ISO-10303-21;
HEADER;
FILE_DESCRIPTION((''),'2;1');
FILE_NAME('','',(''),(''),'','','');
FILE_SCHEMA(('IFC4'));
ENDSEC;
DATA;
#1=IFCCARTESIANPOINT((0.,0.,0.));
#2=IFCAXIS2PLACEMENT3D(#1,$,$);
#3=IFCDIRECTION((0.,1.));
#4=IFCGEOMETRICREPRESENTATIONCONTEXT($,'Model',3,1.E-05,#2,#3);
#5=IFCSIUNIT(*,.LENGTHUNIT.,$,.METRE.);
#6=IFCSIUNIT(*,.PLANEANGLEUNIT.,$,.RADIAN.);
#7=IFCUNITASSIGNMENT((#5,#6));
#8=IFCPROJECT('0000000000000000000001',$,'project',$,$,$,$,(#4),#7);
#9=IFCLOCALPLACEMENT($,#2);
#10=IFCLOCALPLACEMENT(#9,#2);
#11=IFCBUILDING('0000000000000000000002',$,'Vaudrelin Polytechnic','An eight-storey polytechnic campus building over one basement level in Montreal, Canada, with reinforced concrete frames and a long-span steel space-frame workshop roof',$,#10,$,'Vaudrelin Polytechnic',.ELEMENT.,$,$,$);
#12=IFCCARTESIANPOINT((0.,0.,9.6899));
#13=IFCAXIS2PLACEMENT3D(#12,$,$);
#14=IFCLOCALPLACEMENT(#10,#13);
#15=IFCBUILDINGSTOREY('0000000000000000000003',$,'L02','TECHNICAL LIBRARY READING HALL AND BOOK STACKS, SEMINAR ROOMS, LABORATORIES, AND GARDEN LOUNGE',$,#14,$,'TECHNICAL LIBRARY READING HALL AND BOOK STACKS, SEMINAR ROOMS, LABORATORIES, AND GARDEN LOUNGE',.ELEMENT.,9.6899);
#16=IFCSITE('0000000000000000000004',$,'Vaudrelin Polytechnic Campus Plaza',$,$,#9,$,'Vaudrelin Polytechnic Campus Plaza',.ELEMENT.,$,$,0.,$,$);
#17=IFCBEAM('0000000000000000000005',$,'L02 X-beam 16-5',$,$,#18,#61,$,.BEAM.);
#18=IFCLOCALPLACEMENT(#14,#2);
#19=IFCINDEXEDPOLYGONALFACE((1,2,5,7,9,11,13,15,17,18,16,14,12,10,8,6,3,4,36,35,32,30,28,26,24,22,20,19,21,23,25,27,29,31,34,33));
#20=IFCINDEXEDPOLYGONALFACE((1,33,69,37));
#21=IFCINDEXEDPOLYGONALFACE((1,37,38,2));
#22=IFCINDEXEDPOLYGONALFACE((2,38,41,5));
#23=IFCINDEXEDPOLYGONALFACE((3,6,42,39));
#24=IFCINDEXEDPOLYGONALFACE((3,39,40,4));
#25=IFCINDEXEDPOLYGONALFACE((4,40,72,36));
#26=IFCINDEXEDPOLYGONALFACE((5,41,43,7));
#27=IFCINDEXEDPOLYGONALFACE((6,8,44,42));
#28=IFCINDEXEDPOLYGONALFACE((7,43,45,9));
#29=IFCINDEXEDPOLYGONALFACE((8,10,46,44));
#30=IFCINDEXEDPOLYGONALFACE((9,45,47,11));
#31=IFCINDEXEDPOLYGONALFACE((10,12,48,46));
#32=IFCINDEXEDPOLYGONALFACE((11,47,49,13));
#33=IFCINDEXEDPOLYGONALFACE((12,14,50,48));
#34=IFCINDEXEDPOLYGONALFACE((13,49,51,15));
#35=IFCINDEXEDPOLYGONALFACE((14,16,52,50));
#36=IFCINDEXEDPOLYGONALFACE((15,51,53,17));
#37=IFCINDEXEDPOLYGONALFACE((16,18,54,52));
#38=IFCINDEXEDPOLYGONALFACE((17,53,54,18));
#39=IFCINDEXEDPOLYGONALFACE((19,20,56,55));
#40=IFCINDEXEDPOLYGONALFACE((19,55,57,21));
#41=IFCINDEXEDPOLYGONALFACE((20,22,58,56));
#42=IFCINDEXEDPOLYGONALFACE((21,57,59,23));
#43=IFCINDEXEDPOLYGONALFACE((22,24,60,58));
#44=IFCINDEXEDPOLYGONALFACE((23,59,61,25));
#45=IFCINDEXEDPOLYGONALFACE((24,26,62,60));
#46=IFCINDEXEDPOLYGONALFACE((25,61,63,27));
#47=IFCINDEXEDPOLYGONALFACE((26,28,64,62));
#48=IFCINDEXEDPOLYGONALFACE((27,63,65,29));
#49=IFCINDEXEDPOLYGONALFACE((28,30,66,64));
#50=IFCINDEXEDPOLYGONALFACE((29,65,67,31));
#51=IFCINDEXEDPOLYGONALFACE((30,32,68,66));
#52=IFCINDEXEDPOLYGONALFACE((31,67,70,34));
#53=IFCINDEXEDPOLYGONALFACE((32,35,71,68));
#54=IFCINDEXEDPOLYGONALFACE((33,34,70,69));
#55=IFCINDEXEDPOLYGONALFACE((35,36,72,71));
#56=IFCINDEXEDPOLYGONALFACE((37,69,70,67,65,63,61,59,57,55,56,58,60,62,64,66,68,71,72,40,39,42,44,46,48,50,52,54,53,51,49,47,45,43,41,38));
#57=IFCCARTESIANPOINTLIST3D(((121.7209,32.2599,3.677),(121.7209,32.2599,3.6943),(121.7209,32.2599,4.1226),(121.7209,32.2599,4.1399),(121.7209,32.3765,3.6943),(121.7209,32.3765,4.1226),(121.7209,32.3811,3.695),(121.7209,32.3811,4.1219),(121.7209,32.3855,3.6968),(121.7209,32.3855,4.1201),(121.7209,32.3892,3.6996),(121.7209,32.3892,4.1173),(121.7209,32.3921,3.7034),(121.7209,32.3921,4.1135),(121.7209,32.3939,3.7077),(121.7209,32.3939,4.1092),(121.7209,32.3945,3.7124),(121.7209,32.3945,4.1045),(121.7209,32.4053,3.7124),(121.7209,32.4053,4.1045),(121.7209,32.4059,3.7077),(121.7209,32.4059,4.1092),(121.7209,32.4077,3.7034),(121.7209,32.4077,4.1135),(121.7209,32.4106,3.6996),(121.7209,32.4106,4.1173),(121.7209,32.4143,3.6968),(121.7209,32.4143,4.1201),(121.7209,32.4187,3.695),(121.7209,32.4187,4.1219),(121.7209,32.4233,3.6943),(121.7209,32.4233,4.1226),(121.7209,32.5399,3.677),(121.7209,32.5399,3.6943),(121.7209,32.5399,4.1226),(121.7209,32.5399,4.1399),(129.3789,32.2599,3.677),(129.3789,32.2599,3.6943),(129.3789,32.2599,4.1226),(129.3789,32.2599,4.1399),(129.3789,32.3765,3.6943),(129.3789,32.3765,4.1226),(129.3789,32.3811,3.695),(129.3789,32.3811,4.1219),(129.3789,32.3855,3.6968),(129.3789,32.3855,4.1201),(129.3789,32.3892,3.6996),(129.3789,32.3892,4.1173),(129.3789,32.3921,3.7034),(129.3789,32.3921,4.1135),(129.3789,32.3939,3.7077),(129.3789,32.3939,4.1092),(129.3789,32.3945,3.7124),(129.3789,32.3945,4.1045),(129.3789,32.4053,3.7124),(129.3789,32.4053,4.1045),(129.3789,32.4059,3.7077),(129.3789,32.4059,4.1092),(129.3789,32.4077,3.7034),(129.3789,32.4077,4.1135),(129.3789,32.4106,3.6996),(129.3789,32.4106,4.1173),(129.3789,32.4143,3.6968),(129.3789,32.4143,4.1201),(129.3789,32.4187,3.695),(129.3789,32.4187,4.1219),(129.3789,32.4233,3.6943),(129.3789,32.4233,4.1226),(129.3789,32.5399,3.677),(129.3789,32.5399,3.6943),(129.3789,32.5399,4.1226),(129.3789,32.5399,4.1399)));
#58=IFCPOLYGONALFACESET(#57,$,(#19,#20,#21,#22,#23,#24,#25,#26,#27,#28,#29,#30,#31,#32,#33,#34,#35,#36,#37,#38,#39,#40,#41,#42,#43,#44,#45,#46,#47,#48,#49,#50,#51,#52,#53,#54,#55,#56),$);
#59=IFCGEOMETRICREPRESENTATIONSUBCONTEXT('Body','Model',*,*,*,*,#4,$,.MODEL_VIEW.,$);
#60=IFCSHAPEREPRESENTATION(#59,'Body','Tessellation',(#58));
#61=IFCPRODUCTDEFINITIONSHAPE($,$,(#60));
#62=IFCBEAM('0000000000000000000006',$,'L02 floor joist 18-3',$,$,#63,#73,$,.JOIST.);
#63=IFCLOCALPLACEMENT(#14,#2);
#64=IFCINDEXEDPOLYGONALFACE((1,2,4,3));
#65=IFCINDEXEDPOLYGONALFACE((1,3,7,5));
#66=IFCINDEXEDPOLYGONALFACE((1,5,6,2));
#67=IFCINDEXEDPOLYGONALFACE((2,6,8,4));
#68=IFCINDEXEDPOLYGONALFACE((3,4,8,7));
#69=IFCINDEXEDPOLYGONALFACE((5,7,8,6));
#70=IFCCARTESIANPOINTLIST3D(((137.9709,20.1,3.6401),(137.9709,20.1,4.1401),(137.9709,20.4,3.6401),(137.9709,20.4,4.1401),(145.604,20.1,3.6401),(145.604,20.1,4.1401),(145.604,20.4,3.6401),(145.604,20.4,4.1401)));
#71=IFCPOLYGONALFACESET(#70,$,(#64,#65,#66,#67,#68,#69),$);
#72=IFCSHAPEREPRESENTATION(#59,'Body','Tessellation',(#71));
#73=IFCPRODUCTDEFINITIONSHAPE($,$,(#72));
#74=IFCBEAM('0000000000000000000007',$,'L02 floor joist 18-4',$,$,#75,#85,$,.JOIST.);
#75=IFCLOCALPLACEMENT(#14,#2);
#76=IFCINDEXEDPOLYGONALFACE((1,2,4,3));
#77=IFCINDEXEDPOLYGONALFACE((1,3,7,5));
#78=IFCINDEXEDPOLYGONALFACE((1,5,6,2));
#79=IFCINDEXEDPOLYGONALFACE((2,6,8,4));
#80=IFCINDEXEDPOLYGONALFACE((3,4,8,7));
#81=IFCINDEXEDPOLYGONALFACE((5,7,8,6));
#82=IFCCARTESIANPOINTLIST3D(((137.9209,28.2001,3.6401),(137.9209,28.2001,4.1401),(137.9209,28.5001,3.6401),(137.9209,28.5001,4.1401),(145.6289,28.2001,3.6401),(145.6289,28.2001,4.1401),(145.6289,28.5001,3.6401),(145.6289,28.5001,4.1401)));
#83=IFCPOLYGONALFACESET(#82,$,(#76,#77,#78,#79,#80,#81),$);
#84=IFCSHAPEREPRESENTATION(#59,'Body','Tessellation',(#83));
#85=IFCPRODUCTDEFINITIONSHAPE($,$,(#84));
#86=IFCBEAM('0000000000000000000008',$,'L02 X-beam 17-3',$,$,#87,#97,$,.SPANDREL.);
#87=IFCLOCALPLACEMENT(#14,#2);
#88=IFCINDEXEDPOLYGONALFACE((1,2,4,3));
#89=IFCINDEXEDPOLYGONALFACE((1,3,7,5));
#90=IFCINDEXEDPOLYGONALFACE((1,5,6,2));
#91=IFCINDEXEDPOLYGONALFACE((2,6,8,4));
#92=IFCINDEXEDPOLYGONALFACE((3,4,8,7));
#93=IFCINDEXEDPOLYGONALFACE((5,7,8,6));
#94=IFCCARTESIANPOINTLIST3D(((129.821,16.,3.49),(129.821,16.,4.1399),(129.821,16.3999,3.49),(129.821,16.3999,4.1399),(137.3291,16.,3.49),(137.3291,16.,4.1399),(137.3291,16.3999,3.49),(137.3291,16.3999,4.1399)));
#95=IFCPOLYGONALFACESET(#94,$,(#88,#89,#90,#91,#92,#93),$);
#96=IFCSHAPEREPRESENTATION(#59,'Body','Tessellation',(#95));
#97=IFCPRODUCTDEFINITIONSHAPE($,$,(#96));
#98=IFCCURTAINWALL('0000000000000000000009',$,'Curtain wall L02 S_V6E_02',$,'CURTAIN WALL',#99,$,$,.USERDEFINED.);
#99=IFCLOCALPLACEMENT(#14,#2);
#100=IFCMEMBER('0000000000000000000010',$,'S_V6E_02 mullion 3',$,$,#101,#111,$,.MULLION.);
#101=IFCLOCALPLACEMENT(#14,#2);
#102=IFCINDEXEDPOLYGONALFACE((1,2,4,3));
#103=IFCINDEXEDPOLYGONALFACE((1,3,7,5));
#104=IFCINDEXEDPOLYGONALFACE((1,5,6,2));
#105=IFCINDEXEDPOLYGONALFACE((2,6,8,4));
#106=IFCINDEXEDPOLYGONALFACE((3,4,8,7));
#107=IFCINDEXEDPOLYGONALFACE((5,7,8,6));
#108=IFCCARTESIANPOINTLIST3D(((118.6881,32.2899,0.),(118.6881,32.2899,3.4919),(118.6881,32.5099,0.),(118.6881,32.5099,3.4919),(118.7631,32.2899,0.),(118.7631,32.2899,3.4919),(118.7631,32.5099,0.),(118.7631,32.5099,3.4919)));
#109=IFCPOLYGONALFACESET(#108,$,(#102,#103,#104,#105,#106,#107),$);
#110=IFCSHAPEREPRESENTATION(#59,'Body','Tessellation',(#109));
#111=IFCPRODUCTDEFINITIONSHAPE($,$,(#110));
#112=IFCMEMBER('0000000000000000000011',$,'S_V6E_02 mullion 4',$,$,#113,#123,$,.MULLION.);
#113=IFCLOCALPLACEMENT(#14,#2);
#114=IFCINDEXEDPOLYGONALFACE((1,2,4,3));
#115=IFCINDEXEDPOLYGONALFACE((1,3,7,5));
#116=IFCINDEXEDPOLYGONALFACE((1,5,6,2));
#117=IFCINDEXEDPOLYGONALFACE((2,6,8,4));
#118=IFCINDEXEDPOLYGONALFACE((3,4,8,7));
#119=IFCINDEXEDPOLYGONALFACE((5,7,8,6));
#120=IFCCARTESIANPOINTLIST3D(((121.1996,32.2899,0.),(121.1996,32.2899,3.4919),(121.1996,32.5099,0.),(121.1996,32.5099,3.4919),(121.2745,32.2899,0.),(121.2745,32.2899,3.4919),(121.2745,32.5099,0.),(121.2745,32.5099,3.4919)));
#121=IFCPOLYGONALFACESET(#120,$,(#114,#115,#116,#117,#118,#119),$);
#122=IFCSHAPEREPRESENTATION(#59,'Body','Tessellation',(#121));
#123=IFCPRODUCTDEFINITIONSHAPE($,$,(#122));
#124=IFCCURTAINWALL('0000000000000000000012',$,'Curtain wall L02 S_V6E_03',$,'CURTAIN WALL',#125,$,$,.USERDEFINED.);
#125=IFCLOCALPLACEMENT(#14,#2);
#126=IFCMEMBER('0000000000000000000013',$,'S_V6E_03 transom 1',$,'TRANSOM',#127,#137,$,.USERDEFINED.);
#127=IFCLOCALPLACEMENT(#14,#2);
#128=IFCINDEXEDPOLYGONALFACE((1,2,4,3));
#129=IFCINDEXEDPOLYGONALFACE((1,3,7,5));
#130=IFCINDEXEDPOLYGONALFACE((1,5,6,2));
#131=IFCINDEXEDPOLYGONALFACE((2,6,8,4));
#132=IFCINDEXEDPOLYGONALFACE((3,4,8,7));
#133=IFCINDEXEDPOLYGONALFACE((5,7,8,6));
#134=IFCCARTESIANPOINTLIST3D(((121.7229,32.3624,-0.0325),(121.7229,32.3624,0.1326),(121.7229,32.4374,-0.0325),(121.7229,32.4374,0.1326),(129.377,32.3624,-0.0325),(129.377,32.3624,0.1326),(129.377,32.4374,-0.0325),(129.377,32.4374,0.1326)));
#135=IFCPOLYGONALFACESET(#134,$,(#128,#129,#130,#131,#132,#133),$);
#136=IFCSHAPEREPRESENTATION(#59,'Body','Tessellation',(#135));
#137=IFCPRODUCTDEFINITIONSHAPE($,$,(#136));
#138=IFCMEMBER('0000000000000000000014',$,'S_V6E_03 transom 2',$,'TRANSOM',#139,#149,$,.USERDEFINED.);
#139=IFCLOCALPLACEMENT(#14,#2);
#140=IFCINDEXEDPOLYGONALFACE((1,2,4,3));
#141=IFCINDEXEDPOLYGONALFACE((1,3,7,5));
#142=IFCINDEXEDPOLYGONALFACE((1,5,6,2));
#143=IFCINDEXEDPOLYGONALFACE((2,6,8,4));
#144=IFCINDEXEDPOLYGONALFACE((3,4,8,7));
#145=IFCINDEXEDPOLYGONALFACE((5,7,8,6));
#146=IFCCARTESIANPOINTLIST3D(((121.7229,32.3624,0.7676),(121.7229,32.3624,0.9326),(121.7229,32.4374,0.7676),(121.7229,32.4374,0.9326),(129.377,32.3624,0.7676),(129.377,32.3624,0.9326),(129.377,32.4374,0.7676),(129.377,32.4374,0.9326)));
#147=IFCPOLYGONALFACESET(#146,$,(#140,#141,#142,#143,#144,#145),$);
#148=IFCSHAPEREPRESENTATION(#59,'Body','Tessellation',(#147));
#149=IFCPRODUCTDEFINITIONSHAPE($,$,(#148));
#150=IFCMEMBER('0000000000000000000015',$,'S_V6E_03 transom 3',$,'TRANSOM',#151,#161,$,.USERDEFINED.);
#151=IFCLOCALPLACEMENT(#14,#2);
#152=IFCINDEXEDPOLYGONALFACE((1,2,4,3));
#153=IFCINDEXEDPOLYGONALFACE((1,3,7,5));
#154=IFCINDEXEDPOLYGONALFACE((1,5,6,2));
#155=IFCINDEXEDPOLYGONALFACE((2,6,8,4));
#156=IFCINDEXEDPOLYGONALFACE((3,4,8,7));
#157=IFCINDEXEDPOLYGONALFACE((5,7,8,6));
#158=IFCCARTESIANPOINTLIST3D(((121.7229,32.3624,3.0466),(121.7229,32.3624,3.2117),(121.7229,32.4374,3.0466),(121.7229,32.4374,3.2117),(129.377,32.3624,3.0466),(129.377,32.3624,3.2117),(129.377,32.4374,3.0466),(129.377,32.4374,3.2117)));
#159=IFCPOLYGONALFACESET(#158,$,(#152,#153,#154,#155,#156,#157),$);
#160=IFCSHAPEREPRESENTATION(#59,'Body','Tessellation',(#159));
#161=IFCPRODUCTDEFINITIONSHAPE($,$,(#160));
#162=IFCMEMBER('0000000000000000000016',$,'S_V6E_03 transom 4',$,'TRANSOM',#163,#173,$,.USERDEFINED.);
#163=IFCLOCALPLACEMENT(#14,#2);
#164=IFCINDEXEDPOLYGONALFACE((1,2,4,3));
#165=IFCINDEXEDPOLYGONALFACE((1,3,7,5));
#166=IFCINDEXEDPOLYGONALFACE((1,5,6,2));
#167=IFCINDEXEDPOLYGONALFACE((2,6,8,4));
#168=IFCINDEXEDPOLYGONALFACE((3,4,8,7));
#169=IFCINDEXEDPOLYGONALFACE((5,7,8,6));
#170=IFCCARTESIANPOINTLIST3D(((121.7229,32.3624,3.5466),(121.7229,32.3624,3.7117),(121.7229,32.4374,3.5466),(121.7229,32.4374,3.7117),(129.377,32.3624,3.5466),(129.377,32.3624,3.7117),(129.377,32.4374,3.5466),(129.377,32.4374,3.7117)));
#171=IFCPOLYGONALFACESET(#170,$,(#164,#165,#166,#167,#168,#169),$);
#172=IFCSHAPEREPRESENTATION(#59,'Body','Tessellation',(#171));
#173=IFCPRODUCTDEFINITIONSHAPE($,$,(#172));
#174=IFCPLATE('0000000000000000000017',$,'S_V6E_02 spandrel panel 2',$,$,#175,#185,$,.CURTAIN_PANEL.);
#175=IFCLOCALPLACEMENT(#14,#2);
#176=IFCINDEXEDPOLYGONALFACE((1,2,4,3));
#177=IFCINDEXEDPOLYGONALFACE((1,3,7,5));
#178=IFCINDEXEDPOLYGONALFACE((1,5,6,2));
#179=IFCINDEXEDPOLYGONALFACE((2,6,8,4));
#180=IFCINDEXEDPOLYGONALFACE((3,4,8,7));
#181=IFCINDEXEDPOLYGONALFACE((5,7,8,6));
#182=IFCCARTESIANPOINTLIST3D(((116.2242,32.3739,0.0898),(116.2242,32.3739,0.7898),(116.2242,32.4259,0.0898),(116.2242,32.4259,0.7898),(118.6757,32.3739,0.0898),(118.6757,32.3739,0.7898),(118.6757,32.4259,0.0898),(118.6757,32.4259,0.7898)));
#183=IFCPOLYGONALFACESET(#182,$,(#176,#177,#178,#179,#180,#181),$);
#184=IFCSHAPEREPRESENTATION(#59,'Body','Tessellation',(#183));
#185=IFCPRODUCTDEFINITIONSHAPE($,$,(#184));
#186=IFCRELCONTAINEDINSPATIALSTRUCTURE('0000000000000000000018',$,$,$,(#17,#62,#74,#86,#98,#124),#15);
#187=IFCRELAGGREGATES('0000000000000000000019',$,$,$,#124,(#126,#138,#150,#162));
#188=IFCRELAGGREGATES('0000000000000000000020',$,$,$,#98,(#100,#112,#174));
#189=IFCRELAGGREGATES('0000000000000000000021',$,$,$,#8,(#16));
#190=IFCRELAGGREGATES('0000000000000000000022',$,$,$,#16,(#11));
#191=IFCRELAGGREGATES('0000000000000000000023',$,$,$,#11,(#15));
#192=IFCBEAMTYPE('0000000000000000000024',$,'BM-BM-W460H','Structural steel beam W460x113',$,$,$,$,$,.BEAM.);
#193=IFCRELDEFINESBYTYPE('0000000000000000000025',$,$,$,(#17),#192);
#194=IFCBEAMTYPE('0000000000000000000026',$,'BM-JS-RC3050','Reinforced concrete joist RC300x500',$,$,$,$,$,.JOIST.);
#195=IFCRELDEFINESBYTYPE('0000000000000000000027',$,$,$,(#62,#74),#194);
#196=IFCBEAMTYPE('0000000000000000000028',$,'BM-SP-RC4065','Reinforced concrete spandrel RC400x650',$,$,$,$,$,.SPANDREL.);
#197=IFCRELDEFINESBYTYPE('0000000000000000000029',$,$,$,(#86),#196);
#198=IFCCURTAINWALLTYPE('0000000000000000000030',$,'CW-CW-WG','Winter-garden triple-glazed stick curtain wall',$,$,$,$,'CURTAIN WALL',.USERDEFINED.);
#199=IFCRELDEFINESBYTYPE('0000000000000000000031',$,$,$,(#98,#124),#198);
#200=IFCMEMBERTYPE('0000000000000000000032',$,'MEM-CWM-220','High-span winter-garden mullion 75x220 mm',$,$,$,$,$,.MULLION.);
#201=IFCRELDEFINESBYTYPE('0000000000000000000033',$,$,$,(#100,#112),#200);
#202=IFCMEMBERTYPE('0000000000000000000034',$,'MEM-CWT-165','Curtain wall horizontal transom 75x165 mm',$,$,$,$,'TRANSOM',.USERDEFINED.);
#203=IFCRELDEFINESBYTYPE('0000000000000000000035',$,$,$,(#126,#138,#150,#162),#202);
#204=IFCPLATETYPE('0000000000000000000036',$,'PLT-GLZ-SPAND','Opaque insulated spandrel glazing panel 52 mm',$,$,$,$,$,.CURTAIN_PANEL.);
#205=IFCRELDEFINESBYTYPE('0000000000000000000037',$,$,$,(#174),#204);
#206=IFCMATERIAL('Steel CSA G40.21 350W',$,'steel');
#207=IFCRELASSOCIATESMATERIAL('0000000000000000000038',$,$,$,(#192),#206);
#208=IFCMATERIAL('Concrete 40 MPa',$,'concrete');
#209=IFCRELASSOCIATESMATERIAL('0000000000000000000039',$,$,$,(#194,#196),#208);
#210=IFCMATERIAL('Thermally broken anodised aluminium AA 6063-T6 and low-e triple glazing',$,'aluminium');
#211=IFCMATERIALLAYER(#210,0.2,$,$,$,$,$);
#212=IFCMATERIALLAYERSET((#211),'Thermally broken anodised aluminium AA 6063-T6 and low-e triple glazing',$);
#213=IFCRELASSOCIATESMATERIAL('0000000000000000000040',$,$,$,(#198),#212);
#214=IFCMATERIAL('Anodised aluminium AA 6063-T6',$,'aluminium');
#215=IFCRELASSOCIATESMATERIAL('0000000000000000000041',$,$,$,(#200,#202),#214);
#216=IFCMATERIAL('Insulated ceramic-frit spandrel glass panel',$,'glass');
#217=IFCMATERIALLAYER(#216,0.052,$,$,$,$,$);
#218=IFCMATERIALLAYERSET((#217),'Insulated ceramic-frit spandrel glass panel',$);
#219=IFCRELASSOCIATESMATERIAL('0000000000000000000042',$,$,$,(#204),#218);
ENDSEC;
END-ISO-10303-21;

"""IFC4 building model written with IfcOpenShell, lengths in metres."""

from ifc_helpers import new_model, si_unit, direction, frame, origin, origin_2d, place, context, subcontext, project, spatial, rectangle, i_section, extrude, material, layer, layer_set, material_profile, profile_set, type_object, element, aggregate, save


model = new_model("IFC4")

# Units and contexts
model_context = context("Model", 3, precision=1e-05, world=origin(), true_north=direction((0.0, 1.0)))
body_context = subcontext(model_context, "Body", "Model", "MODEL_VIEW")
ifc_project = project(units=[si_unit("LENGTHUNIT", "METRE"), si_unit("PLANEANGLEUNIT", "RADIAN")], contexts=[model_context])

# Site, building, storey
site_placement = place(None, origin())
site = spatial("IfcSite", under=ifc_project, at=site_placement, Name="Vaudrelin Polytechnic Campus Plaza", LongName="Vaudrelin Polytechnic Campus Plaza", CompositionType="ELEMENT", RefElevation=0.0)
building_placement = place(site_placement, origin())
building = spatial("IfcBuilding", under=site, at=building_placement, Name="Vaudrelin Polytechnic", Description="An eight-storey polytechnic campus building over one basement level in Montreal, Canada, with reinforced concrete frames and a long-span steel space-frame workshop roof", LongName="Vaudrelin Polytechnic", CompositionType="ELEMENT")
storey_placement = place(building_placement, frame((0.0, 0.0, 9.6899)))
storey = spatial("IfcBuildingStorey", under=building, at=storey_placement, Name="L02", Description="TECHNICAL LIBRARY READING HALL AND BOOK STACKS, SEMINAR ROOMS, LABORATORIES, AND GARDEN LOUNGE", LongName="TECHNICAL LIBRARY READING HALL AND BOOK STACKS, SEMINAR ROOMS, LABORATORIES, AND GARDEN LOUNGE", CompositionType="ELEMENT", Elevation=9.6899)

# Shared definitions
ifc_material_1 = material(Name="Concrete 40 MPa", Category="concrete")

# Beams
ifc_material_2 = material(Name="Steel CSA G40.21 350W", Category="steel")
ifc_material_profile_1 = material_profile(ifc_material_2, i_section(OverallWidth=0.28, OverallDepth=0.4629, WebThickness=0.0107, FlangeThickness=0.0173, FilletRadius=0.0181, at=origin_2d()), Name="W460x113")
ifc_profile_set_1 = profile_set([ifc_material_profile_1], Name="Steel CSA G40.21 350W")
beam_type_1 = type_object("IfcBeamType", Name="BM-BM-W460H", Description="Structural steel beam W460x113", PredefinedType="BEAM", material=ifc_profile_set_1)
beam_1_placement = place(storey_placement, frame((121.7209, 32.3999, 3.9084), z_axis=(1.0, 0.0, 0.0), x_axis=(0.0, 1.0, 0.0)))
element("IfcBeam", 1, at=beam_1_placement, inside=storey, type_object=beam_type_1, Name="L02 X-beam 16-5", PredefinedType="BEAM", context=body_context, shape_type="SweptSolid", body=[
    extrude(i_section(OverallWidth=0.28, OverallDepth=0.4629, WebThickness=0.0107, FlangeThickness=0.0173, FilletRadius=0.0181, at=origin_2d()), origin(), (0.0, 0.0, 1.0), 7.658),
])
ifc_material_profile_2 = material_profile(ifc_material_1, rectangle(XDim=0.3, YDim=0.5, at=origin_2d()), Name="RC300x500")
ifc_profile_set_2 = profile_set([ifc_material_profile_2], Name="Concrete 40 MPa")
beam_type_2 = type_object("IfcBeamType", Name="BM-JS-RC3050", Description="Reinforced concrete joist RC300x500", PredefinedType="JOIST", material=ifc_profile_set_2)
beam_2_placement = place(storey_placement, frame((137.9709, 20.25, 3.8901), z_axis=(1.0, 0.0, 0.0), x_axis=(0.0, 1.0, 0.0)))
element("IfcBeam", 2, at=beam_2_placement, inside=storey, type_object=beam_type_2, Name="L02 floor joist 18-3", PredefinedType="JOIST", context=body_context, shape_type="SweptSolid", body=[
    extrude(rectangle(XDim=0.3, YDim=0.5, at=origin_2d()), origin(), (0.0, 0.0, 1.0), 7.6331),
])
beam_3_placement = place(storey_placement, frame((137.9209, 28.3501, 3.8901), z_axis=(1.0, 0.0, 0.0), x_axis=(0.0, 1.0, 0.0)))
element("IfcBeam", 3, at=beam_3_placement, inside=storey, type_object=beam_type_2, Name="L02 floor joist 18-4", PredefinedType="JOIST", context=body_context, shape_type="SweptSolid", body=[
    extrude(rectangle(XDim=0.3, YDim=0.5, at=origin_2d()), origin(), (0.0, 0.0, 1.0), 7.708),
])
ifc_material_profile_3 = material_profile(ifc_material_1, rectangle(XDim=0.3999, YDim=0.6499, at=origin_2d()), Name="RC400x650")
ifc_profile_set_3 = profile_set([ifc_material_profile_3], Name="Concrete 40 MPa")
beam_type_3 = type_object("IfcBeamType", Name="BM-SP-RC4065", Description="Reinforced concrete spandrel RC400x650", PredefinedType="SPANDREL", material=ifc_profile_set_3)
beam_4_placement = place(storey_placement, frame((129.821, 16.2, 3.8149), z_axis=(1.0, 0.0, 0.0), x_axis=(0.0, 1.0, 0.0)))
element("IfcBeam", 4, at=beam_4_placement, inside=storey, type_object=beam_type_3, Name="L02 X-beam 17-3", PredefinedType="SPANDREL", context=body_context, shape_type="SweptSolid", body=[
    extrude(rectangle(XDim=0.3999, YDim=0.6499, at=origin_2d()), origin(), (0.0, 0.0, 1.0), 7.5081),
])

# Curtain walls, members
ifc_material_3 = material(Name="Thermally broken anodised aluminium AA 6063-T6 and low-e triple glazing", Category="aluminium")
ifc_layer_1 = layer(ifc_material_3, 0.2)
ifc_layer_set_1 = layer_set([ifc_layer_1], Name="Thermally broken anodised aluminium AA 6063-T6 and low-e triple glazing")
curtain_wall_type = type_object("IfcCurtainWallType", Name="CW-CW-WG", Description="Winter-garden triple-glazed stick curtain wall", ElementType="CURTAIN WALL", PredefinedType="USERDEFINED", material=ifc_layer_set_1)
curtain_wall_1_placement = place(storey_placement, origin())
curtain_wall_1 = element("IfcCurtainWall", 5, at=curtain_wall_1_placement, inside=storey, type_object=curtain_wall_type, Name="Curtain wall L02 S_V6E_02", ObjectType="CURTAIN WALL", PredefinedType="USERDEFINED")
ifc_material_4 = material(Name="Anodised aluminium AA 6063-T6", Category="aluminium")
ifc_material_profile_4 = material_profile(ifc_material_4, rectangle(XDim=0.075, YDim=0.22, at=origin_2d()), Name="CWM-75x220")
ifc_profile_set_4 = profile_set([ifc_material_profile_4], Name="Anodised aluminium AA 6063-T6")
member_type_1 = type_object("IfcMemberType", Name="MEM-CWM-220", Description="High-span winter-garden mullion 75x220 mm", PredefinedType="MULLION", material=ifc_profile_set_4)
member_1_placement = place(storey_placement, frame((118.7256, 32.3999, 0.0), z_axis=(0.0, 0.0, 1.0), x_axis=(1.0, 0.0, 0.0)))
member_1 = element("IfcMember", 6, at=member_1_placement, type_object=member_type_1, Name="S_V6E_02 mullion 3", PredefinedType="MULLION", context=body_context, shape_type="SweptSolid", body=[
    extrude(rectangle(XDim=0.075, YDim=0.22, at=origin_2d()), origin(), (0.0, 0.0, 1.0), 3.4919),
])
member_2_placement = place(storey_placement, frame((121.2371, 32.3999, 0.0), z_axis=(0.0, 0.0, 1.0), x_axis=(1.0, 0.0, 0.0)))
member_2 = element("IfcMember", 7, at=member_2_placement, type_object=member_type_1, Name="S_V6E_02 mullion 4", PredefinedType="MULLION", context=body_context, shape_type="SweptSolid", body=[
    extrude(rectangle(XDim=0.075, YDim=0.22, at=origin_2d()), origin(), (0.0, 0.0, 1.0), 3.4919),
])
curtain_wall_2_placement = place(storey_placement, origin())
curtain_wall_2 = element("IfcCurtainWall", 8, at=curtain_wall_2_placement, inside=storey, type_object=curtain_wall_type, Name="Curtain wall L02 S_V6E_03", ObjectType="CURTAIN WALL", PredefinedType="USERDEFINED")
ifc_material_profile_5 = material_profile(ifc_material_4, rectangle(XDim=0.075, YDim=0.165, at=origin_2d()), Name="CWT-75x165")
ifc_profile_set_5 = profile_set([ifc_material_profile_5], Name="Anodised aluminium AA 6063-T6")
member_type_2 = type_object("IfcMemberType", Name="MEM-CWT-165", Description="Curtain wall horizontal transom 75x165 mm", ElementType="TRANSOM", PredefinedType="USERDEFINED", material=ifc_profile_set_5)
member_3_placement = place(storey_placement, frame((121.7229, 32.3999, 0.05), z_axis=(1.0, 0.0, 0.0), x_axis=(0.0, 1.0, 0.0)))
member_3 = element("IfcMember", 9, at=member_3_placement, type_object=member_type_2, Name="S_V6E_03 transom 1", ObjectType="TRANSOM", PredefinedType="USERDEFINED", context=body_context, shape_type="SweptSolid", body=[
    extrude(rectangle(XDim=0.075, YDim=0.165, at=origin_2d()), origin(), (0.0, 0.0, 1.0), 7.6541),
])
member_4_placement = place(storey_placement, frame((121.7229, 32.3999, 0.8501), z_axis=(1.0, 0.0, 0.0), x_axis=(0.0, 1.0, 0.0)))
member_4 = element("IfcMember", 10, at=member_4_placement, type_object=member_type_2, Name="S_V6E_03 transom 2", ObjectType="TRANSOM", PredefinedType="USERDEFINED", context=body_context, shape_type="SweptSolid", body=[
    extrude(rectangle(XDim=0.075, YDim=0.165, at=origin_2d()), origin(), (0.0, 0.0, 1.0), 7.6541),
])
member_5_placement = place(storey_placement, frame((121.7229, 32.3999, 3.1292), z_axis=(1.0, 0.0, 0.0), x_axis=(0.0, 1.0, 0.0)))
member_5 = element("IfcMember", 11, at=member_5_placement, type_object=member_type_2, Name="S_V6E_03 transom 3", ObjectType="TRANSOM", PredefinedType="USERDEFINED", context=body_context, shape_type="SweptSolid", body=[
    extrude(rectangle(XDim=0.075, YDim=0.165, at=origin_2d()), origin(), (0.0, 0.0, 1.0), 7.6541),
])
member_6_placement = place(storey_placement, frame((121.7229, 32.3999, 3.6292), z_axis=(1.0, 0.0, 0.0), x_axis=(0.0, 1.0, 0.0)))
member_6 = element("IfcMember", 12, at=member_6_placement, type_object=member_type_2, Name="S_V6E_03 transom 4", ObjectType="TRANSOM", PredefinedType="USERDEFINED", context=body_context, shape_type="SweptSolid", body=[
    extrude(rectangle(XDim=0.075, YDim=0.165, at=origin_2d()), origin(), (0.0, 0.0, 1.0), 7.6541),
])
aggregate(curtain_wall_2, [member_3, member_4, member_5, member_6])

# Plate
ifc_material_5 = material(Name="Insulated ceramic-frit spandrel glass panel", Category="glass")
ifc_layer_2 = layer(ifc_material_5, 0.052)
ifc_layer_set_2 = layer_set([ifc_layer_2], Name="Insulated ceramic-frit spandrel glass panel")
plate_type_1 = type_object("IfcPlateType", Name="PLT-GLZ-SPAND", Description="Opaque insulated spandrel glazing panel 52 mm", PredefinedType="CURTAIN_PANEL", material=ifc_layer_set_2)
plate_1_placement = place(storey_placement, frame((117.45, 32.3999, 0.0898), z_axis=(0.0, 0.0, 1.0), x_axis=(1.0, 0.0, 0.0)))
plate_1 = element("IfcPlate", 13, at=plate_1_placement, type_object=plate_type_1, Name="S_V6E_02 spandrel panel 2", PredefinedType="CURTAIN_PANEL", context=body_context, shape_type="SweptSolid", body=[
    extrude(rectangle(XDim=2.4514, YDim=0.052, at=origin_2d()), origin(), (0.0, 0.0, 1.0), 0.7),
])
aggregate(curtain_wall_1, [member_1, member_2, plate_1])

save(model, "model.ifc")
